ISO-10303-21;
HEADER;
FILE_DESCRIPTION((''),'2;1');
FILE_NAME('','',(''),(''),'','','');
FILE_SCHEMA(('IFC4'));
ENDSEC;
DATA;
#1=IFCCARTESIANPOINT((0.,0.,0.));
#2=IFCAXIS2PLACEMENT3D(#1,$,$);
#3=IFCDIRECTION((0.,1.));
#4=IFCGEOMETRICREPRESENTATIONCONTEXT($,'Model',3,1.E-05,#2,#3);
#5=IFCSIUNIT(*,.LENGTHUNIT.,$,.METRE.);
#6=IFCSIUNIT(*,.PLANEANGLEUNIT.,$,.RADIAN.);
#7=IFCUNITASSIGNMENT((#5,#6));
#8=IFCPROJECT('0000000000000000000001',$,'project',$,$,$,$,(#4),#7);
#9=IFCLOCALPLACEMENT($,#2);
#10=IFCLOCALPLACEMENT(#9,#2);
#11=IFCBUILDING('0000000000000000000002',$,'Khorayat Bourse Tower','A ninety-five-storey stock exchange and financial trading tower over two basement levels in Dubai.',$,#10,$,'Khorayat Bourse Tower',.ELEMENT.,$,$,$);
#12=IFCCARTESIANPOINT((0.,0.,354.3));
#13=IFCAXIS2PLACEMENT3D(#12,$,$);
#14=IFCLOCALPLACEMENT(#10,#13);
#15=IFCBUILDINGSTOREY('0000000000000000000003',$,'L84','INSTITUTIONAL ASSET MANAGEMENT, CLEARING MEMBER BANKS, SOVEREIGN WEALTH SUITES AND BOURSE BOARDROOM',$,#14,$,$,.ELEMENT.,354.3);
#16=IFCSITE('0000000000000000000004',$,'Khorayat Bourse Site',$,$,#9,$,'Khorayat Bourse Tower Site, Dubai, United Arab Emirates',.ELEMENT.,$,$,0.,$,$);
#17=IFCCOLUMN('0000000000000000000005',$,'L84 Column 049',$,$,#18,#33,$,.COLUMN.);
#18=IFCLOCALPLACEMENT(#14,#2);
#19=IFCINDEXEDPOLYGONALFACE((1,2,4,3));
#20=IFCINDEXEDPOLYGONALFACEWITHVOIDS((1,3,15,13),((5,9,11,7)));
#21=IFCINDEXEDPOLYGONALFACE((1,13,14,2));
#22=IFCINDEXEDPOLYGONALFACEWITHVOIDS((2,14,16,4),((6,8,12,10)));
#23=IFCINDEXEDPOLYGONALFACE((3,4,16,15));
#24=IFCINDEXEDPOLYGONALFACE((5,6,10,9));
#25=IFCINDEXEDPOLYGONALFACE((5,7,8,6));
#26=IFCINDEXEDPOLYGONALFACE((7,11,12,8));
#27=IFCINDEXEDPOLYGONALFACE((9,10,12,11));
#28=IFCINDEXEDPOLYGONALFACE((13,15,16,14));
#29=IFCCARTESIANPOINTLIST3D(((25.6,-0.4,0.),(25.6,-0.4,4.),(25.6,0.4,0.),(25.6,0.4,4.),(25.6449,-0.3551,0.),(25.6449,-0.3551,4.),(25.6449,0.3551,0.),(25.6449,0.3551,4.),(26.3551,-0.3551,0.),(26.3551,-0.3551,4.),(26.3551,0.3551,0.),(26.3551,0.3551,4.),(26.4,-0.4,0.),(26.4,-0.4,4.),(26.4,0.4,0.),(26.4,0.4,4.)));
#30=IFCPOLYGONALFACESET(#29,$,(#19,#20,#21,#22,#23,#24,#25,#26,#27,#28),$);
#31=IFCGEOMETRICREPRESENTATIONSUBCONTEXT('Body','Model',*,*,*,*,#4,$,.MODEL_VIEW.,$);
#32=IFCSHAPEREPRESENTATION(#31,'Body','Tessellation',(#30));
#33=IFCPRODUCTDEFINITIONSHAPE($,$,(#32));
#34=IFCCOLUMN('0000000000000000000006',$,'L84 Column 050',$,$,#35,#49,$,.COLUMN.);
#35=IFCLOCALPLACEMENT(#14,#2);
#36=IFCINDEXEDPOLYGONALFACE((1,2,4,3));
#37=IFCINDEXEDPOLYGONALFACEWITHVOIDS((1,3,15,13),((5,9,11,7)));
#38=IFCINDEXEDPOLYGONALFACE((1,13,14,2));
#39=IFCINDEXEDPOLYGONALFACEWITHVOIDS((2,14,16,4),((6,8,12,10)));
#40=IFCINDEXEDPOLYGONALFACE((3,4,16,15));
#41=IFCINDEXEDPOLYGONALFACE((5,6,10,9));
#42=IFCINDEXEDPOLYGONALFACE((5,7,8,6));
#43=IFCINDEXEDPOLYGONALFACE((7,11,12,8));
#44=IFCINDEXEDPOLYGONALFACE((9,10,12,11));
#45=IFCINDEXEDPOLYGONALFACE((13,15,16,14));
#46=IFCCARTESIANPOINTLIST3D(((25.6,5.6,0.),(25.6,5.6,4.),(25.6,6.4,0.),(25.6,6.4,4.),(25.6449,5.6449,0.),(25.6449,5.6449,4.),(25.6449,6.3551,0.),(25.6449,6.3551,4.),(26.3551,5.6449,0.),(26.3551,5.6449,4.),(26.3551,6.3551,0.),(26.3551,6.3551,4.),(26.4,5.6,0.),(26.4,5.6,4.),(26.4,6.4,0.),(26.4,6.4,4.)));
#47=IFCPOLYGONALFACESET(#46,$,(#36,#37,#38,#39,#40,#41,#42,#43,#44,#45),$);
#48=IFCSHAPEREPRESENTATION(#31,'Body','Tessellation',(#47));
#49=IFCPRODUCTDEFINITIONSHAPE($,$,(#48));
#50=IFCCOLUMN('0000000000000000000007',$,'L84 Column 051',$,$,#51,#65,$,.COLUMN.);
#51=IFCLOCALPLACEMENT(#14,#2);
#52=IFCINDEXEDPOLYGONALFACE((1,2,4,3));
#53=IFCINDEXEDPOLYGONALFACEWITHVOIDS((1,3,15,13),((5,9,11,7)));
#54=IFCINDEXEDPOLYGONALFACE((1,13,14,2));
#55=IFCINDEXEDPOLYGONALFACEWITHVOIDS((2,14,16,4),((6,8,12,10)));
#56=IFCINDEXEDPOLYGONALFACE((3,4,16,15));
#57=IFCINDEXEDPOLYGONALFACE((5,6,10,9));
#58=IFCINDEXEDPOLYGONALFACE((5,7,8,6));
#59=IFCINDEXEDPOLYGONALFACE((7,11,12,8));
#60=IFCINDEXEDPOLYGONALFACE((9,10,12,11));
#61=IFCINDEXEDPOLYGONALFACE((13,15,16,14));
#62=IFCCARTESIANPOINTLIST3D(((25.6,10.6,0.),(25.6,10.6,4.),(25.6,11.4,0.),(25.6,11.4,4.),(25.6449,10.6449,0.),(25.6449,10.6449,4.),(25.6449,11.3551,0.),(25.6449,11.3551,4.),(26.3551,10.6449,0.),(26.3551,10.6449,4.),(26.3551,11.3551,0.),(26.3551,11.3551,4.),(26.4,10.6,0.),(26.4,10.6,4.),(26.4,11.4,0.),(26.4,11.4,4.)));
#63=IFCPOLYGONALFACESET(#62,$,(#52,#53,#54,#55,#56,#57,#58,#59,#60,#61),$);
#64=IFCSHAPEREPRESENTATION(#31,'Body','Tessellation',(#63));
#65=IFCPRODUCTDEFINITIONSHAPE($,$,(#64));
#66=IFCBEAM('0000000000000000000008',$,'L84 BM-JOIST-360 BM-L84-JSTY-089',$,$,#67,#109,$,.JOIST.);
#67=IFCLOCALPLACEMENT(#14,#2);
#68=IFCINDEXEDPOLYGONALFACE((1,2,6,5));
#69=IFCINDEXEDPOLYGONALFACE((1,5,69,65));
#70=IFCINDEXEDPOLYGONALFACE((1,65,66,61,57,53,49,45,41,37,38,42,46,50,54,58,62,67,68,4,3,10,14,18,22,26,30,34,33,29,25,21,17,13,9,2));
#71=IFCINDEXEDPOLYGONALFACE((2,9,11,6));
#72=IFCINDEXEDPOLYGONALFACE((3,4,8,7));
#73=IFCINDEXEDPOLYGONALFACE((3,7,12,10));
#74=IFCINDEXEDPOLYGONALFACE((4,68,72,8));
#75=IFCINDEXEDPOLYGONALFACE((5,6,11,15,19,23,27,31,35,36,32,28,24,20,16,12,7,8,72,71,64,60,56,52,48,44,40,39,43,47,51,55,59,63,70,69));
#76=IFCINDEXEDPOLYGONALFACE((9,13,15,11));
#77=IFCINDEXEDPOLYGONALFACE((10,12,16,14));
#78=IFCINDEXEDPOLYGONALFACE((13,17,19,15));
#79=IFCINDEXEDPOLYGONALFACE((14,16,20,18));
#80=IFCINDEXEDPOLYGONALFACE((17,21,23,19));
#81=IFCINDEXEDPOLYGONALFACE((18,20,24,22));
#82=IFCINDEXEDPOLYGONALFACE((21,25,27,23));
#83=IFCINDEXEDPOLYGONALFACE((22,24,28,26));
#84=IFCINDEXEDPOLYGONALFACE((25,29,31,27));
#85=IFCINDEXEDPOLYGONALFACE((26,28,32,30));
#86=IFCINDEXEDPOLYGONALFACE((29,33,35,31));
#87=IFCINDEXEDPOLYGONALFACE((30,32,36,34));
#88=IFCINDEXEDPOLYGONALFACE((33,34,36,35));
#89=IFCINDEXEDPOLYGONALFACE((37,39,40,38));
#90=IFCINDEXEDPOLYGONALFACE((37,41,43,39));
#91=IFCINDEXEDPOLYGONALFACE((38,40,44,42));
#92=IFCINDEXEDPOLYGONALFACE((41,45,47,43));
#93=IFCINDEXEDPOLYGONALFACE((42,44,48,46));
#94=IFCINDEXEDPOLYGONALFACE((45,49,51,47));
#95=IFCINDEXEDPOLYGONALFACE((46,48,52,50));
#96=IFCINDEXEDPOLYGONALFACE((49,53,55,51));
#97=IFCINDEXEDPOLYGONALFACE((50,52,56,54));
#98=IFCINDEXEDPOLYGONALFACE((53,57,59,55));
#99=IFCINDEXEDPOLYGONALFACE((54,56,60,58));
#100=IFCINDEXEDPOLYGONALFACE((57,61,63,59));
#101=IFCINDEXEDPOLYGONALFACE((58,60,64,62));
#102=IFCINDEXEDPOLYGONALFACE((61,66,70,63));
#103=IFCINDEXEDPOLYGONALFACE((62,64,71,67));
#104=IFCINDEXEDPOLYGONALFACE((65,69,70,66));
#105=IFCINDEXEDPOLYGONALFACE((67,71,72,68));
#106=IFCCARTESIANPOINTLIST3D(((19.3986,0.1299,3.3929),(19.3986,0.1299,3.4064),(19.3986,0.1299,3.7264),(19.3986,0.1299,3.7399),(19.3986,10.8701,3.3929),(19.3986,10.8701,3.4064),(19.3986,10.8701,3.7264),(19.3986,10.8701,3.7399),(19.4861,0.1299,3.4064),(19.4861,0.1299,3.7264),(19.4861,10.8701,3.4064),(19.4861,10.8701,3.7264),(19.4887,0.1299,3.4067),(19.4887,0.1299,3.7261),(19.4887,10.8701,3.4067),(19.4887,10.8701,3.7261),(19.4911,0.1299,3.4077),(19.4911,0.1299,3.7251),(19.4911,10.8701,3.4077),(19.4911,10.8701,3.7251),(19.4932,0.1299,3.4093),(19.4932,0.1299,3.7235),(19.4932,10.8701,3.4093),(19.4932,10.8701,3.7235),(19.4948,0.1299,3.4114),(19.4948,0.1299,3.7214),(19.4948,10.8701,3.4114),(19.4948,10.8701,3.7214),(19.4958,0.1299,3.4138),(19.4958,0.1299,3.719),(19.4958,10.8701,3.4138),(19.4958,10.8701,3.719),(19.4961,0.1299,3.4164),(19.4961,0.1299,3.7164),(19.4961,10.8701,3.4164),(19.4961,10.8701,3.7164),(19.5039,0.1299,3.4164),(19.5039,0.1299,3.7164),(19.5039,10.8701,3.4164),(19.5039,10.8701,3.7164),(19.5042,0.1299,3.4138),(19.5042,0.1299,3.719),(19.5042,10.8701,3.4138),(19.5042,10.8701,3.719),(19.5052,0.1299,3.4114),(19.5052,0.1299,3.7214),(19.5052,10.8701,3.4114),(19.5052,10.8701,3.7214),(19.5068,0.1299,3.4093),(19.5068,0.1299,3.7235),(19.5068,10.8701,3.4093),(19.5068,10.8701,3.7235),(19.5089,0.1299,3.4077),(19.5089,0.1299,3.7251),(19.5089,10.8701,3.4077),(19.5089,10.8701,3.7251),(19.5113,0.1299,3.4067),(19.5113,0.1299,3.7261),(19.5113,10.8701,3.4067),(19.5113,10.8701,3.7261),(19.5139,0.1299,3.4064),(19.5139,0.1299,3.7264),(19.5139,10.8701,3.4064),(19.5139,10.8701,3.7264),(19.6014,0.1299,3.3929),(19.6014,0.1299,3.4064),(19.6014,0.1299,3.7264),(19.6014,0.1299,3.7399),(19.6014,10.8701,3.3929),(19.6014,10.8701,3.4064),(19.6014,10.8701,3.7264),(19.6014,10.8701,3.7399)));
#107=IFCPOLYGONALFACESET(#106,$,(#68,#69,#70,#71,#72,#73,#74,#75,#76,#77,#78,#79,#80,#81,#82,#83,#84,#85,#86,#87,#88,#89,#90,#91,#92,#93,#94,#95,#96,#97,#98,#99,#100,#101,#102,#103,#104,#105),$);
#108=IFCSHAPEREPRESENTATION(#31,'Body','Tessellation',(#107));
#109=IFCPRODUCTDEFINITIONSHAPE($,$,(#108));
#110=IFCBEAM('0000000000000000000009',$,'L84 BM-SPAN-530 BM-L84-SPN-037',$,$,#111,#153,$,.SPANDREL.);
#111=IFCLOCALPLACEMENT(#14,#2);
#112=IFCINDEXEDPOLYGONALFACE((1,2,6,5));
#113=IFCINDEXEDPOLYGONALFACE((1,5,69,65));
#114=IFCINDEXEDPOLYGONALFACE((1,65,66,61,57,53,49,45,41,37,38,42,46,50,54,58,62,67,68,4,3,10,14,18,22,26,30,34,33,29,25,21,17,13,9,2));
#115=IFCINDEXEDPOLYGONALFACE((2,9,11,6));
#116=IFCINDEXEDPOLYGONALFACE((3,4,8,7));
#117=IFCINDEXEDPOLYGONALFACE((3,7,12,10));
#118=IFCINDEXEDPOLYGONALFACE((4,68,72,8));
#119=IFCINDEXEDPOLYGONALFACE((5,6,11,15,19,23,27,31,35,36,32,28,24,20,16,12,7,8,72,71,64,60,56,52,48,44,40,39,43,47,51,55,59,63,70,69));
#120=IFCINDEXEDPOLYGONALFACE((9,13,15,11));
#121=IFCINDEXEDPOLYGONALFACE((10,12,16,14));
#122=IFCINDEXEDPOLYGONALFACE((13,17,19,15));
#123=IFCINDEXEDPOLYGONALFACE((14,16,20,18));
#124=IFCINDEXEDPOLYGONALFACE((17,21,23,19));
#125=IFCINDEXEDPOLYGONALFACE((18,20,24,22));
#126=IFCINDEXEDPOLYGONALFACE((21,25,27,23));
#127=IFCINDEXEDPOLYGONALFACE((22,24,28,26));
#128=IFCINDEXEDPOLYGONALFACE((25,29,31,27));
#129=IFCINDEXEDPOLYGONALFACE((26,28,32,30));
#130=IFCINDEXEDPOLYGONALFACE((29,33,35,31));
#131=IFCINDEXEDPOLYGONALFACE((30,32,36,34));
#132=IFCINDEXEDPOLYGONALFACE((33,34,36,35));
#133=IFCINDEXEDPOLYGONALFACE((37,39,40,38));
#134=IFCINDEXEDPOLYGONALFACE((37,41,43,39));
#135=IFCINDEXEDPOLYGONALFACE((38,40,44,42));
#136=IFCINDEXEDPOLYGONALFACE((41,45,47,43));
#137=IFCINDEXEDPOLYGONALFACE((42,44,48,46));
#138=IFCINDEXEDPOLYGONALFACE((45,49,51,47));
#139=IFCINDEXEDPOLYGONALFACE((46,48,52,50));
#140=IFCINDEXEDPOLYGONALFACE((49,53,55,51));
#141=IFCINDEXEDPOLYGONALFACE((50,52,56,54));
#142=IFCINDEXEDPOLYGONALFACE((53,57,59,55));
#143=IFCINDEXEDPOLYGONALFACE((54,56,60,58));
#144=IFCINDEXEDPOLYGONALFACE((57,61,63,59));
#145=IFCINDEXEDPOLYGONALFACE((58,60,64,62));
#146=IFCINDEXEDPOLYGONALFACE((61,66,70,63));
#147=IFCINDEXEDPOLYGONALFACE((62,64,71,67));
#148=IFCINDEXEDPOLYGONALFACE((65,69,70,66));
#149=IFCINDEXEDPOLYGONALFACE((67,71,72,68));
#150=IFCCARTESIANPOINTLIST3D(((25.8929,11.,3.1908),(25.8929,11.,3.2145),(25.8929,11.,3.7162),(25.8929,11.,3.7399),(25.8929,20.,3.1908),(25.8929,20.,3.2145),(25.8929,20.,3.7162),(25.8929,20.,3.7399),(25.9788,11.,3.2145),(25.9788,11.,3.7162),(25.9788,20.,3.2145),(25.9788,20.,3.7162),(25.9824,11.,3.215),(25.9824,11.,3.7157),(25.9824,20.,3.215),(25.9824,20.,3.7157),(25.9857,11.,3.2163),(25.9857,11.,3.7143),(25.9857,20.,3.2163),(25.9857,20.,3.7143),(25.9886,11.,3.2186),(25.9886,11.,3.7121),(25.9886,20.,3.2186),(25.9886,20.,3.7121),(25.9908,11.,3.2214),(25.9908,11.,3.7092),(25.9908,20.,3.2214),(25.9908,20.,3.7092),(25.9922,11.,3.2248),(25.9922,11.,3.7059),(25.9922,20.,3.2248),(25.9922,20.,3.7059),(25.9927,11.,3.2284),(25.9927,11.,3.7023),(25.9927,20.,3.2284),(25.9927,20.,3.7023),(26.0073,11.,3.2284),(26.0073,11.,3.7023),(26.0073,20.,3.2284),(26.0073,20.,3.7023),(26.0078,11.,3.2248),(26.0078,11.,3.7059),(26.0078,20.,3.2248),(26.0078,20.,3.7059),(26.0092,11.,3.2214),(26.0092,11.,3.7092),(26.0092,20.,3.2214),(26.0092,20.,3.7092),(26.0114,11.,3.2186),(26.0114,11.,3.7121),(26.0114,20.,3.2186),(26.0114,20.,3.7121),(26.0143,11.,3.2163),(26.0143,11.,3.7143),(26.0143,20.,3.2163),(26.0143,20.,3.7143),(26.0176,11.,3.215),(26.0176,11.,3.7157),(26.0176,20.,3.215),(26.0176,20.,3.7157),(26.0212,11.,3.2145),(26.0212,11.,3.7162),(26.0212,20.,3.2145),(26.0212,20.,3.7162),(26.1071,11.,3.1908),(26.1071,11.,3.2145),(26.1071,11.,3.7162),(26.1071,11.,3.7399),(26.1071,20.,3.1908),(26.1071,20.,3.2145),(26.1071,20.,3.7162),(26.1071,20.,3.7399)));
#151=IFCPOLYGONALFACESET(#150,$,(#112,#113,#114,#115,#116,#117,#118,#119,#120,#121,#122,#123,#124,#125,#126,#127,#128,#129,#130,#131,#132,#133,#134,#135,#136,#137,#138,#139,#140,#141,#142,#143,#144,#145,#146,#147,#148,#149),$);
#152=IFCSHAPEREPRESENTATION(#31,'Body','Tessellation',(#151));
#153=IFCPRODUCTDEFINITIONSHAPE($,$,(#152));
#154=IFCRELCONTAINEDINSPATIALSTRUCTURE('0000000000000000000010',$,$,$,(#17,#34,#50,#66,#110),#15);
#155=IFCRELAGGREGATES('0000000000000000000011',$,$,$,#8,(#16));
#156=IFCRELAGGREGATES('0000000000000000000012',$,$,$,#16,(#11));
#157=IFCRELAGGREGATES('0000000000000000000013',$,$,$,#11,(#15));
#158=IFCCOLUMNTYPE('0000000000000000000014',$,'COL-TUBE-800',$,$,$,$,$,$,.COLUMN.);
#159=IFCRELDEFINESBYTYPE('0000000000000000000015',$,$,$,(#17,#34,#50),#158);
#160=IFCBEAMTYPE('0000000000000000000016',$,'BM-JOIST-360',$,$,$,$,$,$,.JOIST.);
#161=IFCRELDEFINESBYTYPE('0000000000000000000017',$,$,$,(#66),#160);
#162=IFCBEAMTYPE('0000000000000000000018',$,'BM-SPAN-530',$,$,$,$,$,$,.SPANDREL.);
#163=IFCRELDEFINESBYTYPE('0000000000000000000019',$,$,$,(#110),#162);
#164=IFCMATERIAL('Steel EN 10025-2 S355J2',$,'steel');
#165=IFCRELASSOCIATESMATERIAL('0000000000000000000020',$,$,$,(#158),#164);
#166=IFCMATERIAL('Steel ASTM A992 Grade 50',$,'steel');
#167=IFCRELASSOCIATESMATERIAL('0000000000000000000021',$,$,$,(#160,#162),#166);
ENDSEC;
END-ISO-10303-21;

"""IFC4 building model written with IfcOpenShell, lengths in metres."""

from ifc_helpers import new_model, si_unit, direction, frame, origin, origin_2d, place, context, subcontext, project, spatial, hollow_rectangle, i_section, extrude, source, transform, mapped, material, material_profile, profile_set, type_object, element, save


model = new_model("IFC4")

# Units and contexts
model_context = context("Model", 3, precision=1e-05, world=origin(), true_north=direction((0.0, 1.0)))
body_context = subcontext(model_context, "Body", "Model", "MODEL_VIEW")
ifc_project = project(units=[si_unit("LENGTHUNIT", "METRE"), si_unit("PLANEANGLEUNIT", "RADIAN")], contexts=[model_context])

# Site, building, storey
site_placement = place(None, origin())
site = spatial("IfcSite", under=ifc_project, at=site_placement, Name="Khorayat Bourse Site", LongName="Khorayat Bourse Tower Site, Dubai, United Arab Emirates", CompositionType="ELEMENT", RefElevation=0.0)
building_placement = place(site_placement, origin())
building = spatial("IfcBuilding", under=site, at=building_placement, Name="Khorayat Bourse Tower", Description="A ninety-five-storey stock exchange and financial trading tower over two basement levels in Dubai.", LongName="Khorayat Bourse Tower", CompositionType="ELEMENT")
storey_placement = place(building_placement, frame((0.0, 0.0, 354.3)))
storey = spatial("IfcBuildingStorey", under=building, at=storey_placement, Name="L84", Description="INSTITUTIONAL ASSET MANAGEMENT, CLEARING MEMBER BANKS, SOVEREIGN WEALTH SUITES AND BOURSE BOARDROOM", CompositionType="ELEMENT", Elevation=354.3)

# Columns
ifc_material_1 = material(Name="Steel EN 10025-2 S355J2", Category="steel")
ifc_material_profile_1 = material_profile(ifc_material_1, hollow_rectangle(XDim=0.8, YDim=0.8, WallThickness=0.0449, at=origin_2d()), Name="BOX 800x800x45")
ifc_profile_set_1 = profile_set([ifc_material_profile_1], Name="Steel EN 10025-2 S355J2")
column_type = type_object("IfcColumnType", Name="COL-TUBE-800", PredefinedType="COLUMN", material=ifc_profile_set_1)
shared_shape_1 = source(origin(), body_context, "Body", "SweptSolid", [
    extrude(hollow_rectangle(XDim=0.8, YDim=0.8, WallThickness=0.0449, at=origin_2d()), origin(), (0.0, 0.0, 1.0), 4.0),
])
for number, where, z_axis, x_axis, name in (
    (1, (26.0, 0.0, 0.0), (0.0, 0.0, 1.0), (1.0, 0.0, 0.0), "L84 Column 049"),
    (2, (26.0, 6.0, 0.0), (0.0, 0.0, 1.0), (1.0, 0.0, 0.0), "L84 Column 050"),
    (3, (26.0, 11.0, 0.0), (0.0, 0.0, 1.0), (1.0, 0.0, 0.0), "L84 Column 051"),
):
    element("IfcColumn", number, at=place(storey_placement, frame(where, z_axis=z_axis, x_axis=x_axis)), inside=storey, type_object=column_type, Name=name, PredefinedType="COLUMN", context=body_context, shape_type="MappedRepresentation", body=[
        mapped(shared_shape_1, transform((0.0, 0.0, 0.0), scale=1.0)),
    ])

# Beams
ifc_material_2 = material(Name="Steel ASTM A992 Grade 50", Category="steel")
ifc_material_profile_2 = material_profile(ifc_material_2, i_section(OverallWidth=0.2029, OverallDepth=0.3469, WebThickness=0.0078, FlangeThickness=0.0134, FilletRadius=0.01, at=origin_2d()), Name="W360X64")
ifc_profile_set_2 = profile_set([ifc_material_profile_2], Name="Steel ASTM A992 Grade 50")
beam_type_1 = type_object("IfcBeamType", Name="BM-JOIST-360", PredefinedType="JOIST", material=ifc_profile_set_2)
shared_shape_2 = source(origin(), body_context, "Body", "SweptSolid", [
    extrude(i_section(OverallWidth=0.2029, OverallDepth=0.3469, WebThickness=0.0078, FlangeThickness=0.0134, FilletRadius=0.01, at=origin_2d()), origin(), (0.0, 0.0, 1.0), 10.7402),
])
beam_1_placement = place(storey_placement, frame((19.5, 0.1299, 3.5664), z_axis=(0.0, 1.0, 0.0), x_axis=(-1.0, 0.0, 0.0)))
element("IfcBeam", 4, at=beam_1_placement, inside=storey, type_object=beam_type_1, Name="L84 BM-JOIST-360 BM-L84-JSTY-089", PredefinedType="JOIST", context=body_context, shape_type="MappedRepresentation", body=[
    mapped(shared_shape_2, transform((0.0, 0.0, 0.0), scale=1.0)),
])
ifc_material_profile_3 = material_profile(ifc_material_2, i_section(OverallWidth=0.2141, OverallDepth=0.5491, WebThickness=0.0146, FlangeThickness=0.0237, FilletRadius=0.0139, at=origin_2d()), Name="W530X138")
ifc_profile_set_3 = profile_set([ifc_material_profile_3], Name="Steel ASTM A992 Grade 50")
beam_type_2 = type_object("IfcBeamType", Name="BM-SPAN-530", PredefinedType="SPANDREL", material=ifc_profile_set_3)
shared_shape_3 = source(origin(), body_context, "Body", "SweptSolid", [
    extrude(i_section(OverallWidth=0.2141, OverallDepth=0.5491, WebThickness=0.0146, FlangeThickness=0.0237, FilletRadius=0.0139, at=origin_2d()), origin(), (0.0, 0.0, 1.0), 9.0),
])
beam_2_placement = place(storey_placement, frame((26.0, 11.0, 3.4653), z_axis=(0.0, 1.0, 0.0), x_axis=(-1.0, 0.0, 0.0)))
element("IfcBeam", 5, at=beam_2_placement, inside=storey, type_object=beam_type_2, Name="L84 BM-SPAN-530 BM-L84-SPN-037", PredefinedType="SPANDREL", context=body_context, shape_type="MappedRepresentation", body=[
    mapped(shared_shape_3, transform((0.0, 0.0, 0.0), scale=1.0)),
])

save(model, "model.ifc")
